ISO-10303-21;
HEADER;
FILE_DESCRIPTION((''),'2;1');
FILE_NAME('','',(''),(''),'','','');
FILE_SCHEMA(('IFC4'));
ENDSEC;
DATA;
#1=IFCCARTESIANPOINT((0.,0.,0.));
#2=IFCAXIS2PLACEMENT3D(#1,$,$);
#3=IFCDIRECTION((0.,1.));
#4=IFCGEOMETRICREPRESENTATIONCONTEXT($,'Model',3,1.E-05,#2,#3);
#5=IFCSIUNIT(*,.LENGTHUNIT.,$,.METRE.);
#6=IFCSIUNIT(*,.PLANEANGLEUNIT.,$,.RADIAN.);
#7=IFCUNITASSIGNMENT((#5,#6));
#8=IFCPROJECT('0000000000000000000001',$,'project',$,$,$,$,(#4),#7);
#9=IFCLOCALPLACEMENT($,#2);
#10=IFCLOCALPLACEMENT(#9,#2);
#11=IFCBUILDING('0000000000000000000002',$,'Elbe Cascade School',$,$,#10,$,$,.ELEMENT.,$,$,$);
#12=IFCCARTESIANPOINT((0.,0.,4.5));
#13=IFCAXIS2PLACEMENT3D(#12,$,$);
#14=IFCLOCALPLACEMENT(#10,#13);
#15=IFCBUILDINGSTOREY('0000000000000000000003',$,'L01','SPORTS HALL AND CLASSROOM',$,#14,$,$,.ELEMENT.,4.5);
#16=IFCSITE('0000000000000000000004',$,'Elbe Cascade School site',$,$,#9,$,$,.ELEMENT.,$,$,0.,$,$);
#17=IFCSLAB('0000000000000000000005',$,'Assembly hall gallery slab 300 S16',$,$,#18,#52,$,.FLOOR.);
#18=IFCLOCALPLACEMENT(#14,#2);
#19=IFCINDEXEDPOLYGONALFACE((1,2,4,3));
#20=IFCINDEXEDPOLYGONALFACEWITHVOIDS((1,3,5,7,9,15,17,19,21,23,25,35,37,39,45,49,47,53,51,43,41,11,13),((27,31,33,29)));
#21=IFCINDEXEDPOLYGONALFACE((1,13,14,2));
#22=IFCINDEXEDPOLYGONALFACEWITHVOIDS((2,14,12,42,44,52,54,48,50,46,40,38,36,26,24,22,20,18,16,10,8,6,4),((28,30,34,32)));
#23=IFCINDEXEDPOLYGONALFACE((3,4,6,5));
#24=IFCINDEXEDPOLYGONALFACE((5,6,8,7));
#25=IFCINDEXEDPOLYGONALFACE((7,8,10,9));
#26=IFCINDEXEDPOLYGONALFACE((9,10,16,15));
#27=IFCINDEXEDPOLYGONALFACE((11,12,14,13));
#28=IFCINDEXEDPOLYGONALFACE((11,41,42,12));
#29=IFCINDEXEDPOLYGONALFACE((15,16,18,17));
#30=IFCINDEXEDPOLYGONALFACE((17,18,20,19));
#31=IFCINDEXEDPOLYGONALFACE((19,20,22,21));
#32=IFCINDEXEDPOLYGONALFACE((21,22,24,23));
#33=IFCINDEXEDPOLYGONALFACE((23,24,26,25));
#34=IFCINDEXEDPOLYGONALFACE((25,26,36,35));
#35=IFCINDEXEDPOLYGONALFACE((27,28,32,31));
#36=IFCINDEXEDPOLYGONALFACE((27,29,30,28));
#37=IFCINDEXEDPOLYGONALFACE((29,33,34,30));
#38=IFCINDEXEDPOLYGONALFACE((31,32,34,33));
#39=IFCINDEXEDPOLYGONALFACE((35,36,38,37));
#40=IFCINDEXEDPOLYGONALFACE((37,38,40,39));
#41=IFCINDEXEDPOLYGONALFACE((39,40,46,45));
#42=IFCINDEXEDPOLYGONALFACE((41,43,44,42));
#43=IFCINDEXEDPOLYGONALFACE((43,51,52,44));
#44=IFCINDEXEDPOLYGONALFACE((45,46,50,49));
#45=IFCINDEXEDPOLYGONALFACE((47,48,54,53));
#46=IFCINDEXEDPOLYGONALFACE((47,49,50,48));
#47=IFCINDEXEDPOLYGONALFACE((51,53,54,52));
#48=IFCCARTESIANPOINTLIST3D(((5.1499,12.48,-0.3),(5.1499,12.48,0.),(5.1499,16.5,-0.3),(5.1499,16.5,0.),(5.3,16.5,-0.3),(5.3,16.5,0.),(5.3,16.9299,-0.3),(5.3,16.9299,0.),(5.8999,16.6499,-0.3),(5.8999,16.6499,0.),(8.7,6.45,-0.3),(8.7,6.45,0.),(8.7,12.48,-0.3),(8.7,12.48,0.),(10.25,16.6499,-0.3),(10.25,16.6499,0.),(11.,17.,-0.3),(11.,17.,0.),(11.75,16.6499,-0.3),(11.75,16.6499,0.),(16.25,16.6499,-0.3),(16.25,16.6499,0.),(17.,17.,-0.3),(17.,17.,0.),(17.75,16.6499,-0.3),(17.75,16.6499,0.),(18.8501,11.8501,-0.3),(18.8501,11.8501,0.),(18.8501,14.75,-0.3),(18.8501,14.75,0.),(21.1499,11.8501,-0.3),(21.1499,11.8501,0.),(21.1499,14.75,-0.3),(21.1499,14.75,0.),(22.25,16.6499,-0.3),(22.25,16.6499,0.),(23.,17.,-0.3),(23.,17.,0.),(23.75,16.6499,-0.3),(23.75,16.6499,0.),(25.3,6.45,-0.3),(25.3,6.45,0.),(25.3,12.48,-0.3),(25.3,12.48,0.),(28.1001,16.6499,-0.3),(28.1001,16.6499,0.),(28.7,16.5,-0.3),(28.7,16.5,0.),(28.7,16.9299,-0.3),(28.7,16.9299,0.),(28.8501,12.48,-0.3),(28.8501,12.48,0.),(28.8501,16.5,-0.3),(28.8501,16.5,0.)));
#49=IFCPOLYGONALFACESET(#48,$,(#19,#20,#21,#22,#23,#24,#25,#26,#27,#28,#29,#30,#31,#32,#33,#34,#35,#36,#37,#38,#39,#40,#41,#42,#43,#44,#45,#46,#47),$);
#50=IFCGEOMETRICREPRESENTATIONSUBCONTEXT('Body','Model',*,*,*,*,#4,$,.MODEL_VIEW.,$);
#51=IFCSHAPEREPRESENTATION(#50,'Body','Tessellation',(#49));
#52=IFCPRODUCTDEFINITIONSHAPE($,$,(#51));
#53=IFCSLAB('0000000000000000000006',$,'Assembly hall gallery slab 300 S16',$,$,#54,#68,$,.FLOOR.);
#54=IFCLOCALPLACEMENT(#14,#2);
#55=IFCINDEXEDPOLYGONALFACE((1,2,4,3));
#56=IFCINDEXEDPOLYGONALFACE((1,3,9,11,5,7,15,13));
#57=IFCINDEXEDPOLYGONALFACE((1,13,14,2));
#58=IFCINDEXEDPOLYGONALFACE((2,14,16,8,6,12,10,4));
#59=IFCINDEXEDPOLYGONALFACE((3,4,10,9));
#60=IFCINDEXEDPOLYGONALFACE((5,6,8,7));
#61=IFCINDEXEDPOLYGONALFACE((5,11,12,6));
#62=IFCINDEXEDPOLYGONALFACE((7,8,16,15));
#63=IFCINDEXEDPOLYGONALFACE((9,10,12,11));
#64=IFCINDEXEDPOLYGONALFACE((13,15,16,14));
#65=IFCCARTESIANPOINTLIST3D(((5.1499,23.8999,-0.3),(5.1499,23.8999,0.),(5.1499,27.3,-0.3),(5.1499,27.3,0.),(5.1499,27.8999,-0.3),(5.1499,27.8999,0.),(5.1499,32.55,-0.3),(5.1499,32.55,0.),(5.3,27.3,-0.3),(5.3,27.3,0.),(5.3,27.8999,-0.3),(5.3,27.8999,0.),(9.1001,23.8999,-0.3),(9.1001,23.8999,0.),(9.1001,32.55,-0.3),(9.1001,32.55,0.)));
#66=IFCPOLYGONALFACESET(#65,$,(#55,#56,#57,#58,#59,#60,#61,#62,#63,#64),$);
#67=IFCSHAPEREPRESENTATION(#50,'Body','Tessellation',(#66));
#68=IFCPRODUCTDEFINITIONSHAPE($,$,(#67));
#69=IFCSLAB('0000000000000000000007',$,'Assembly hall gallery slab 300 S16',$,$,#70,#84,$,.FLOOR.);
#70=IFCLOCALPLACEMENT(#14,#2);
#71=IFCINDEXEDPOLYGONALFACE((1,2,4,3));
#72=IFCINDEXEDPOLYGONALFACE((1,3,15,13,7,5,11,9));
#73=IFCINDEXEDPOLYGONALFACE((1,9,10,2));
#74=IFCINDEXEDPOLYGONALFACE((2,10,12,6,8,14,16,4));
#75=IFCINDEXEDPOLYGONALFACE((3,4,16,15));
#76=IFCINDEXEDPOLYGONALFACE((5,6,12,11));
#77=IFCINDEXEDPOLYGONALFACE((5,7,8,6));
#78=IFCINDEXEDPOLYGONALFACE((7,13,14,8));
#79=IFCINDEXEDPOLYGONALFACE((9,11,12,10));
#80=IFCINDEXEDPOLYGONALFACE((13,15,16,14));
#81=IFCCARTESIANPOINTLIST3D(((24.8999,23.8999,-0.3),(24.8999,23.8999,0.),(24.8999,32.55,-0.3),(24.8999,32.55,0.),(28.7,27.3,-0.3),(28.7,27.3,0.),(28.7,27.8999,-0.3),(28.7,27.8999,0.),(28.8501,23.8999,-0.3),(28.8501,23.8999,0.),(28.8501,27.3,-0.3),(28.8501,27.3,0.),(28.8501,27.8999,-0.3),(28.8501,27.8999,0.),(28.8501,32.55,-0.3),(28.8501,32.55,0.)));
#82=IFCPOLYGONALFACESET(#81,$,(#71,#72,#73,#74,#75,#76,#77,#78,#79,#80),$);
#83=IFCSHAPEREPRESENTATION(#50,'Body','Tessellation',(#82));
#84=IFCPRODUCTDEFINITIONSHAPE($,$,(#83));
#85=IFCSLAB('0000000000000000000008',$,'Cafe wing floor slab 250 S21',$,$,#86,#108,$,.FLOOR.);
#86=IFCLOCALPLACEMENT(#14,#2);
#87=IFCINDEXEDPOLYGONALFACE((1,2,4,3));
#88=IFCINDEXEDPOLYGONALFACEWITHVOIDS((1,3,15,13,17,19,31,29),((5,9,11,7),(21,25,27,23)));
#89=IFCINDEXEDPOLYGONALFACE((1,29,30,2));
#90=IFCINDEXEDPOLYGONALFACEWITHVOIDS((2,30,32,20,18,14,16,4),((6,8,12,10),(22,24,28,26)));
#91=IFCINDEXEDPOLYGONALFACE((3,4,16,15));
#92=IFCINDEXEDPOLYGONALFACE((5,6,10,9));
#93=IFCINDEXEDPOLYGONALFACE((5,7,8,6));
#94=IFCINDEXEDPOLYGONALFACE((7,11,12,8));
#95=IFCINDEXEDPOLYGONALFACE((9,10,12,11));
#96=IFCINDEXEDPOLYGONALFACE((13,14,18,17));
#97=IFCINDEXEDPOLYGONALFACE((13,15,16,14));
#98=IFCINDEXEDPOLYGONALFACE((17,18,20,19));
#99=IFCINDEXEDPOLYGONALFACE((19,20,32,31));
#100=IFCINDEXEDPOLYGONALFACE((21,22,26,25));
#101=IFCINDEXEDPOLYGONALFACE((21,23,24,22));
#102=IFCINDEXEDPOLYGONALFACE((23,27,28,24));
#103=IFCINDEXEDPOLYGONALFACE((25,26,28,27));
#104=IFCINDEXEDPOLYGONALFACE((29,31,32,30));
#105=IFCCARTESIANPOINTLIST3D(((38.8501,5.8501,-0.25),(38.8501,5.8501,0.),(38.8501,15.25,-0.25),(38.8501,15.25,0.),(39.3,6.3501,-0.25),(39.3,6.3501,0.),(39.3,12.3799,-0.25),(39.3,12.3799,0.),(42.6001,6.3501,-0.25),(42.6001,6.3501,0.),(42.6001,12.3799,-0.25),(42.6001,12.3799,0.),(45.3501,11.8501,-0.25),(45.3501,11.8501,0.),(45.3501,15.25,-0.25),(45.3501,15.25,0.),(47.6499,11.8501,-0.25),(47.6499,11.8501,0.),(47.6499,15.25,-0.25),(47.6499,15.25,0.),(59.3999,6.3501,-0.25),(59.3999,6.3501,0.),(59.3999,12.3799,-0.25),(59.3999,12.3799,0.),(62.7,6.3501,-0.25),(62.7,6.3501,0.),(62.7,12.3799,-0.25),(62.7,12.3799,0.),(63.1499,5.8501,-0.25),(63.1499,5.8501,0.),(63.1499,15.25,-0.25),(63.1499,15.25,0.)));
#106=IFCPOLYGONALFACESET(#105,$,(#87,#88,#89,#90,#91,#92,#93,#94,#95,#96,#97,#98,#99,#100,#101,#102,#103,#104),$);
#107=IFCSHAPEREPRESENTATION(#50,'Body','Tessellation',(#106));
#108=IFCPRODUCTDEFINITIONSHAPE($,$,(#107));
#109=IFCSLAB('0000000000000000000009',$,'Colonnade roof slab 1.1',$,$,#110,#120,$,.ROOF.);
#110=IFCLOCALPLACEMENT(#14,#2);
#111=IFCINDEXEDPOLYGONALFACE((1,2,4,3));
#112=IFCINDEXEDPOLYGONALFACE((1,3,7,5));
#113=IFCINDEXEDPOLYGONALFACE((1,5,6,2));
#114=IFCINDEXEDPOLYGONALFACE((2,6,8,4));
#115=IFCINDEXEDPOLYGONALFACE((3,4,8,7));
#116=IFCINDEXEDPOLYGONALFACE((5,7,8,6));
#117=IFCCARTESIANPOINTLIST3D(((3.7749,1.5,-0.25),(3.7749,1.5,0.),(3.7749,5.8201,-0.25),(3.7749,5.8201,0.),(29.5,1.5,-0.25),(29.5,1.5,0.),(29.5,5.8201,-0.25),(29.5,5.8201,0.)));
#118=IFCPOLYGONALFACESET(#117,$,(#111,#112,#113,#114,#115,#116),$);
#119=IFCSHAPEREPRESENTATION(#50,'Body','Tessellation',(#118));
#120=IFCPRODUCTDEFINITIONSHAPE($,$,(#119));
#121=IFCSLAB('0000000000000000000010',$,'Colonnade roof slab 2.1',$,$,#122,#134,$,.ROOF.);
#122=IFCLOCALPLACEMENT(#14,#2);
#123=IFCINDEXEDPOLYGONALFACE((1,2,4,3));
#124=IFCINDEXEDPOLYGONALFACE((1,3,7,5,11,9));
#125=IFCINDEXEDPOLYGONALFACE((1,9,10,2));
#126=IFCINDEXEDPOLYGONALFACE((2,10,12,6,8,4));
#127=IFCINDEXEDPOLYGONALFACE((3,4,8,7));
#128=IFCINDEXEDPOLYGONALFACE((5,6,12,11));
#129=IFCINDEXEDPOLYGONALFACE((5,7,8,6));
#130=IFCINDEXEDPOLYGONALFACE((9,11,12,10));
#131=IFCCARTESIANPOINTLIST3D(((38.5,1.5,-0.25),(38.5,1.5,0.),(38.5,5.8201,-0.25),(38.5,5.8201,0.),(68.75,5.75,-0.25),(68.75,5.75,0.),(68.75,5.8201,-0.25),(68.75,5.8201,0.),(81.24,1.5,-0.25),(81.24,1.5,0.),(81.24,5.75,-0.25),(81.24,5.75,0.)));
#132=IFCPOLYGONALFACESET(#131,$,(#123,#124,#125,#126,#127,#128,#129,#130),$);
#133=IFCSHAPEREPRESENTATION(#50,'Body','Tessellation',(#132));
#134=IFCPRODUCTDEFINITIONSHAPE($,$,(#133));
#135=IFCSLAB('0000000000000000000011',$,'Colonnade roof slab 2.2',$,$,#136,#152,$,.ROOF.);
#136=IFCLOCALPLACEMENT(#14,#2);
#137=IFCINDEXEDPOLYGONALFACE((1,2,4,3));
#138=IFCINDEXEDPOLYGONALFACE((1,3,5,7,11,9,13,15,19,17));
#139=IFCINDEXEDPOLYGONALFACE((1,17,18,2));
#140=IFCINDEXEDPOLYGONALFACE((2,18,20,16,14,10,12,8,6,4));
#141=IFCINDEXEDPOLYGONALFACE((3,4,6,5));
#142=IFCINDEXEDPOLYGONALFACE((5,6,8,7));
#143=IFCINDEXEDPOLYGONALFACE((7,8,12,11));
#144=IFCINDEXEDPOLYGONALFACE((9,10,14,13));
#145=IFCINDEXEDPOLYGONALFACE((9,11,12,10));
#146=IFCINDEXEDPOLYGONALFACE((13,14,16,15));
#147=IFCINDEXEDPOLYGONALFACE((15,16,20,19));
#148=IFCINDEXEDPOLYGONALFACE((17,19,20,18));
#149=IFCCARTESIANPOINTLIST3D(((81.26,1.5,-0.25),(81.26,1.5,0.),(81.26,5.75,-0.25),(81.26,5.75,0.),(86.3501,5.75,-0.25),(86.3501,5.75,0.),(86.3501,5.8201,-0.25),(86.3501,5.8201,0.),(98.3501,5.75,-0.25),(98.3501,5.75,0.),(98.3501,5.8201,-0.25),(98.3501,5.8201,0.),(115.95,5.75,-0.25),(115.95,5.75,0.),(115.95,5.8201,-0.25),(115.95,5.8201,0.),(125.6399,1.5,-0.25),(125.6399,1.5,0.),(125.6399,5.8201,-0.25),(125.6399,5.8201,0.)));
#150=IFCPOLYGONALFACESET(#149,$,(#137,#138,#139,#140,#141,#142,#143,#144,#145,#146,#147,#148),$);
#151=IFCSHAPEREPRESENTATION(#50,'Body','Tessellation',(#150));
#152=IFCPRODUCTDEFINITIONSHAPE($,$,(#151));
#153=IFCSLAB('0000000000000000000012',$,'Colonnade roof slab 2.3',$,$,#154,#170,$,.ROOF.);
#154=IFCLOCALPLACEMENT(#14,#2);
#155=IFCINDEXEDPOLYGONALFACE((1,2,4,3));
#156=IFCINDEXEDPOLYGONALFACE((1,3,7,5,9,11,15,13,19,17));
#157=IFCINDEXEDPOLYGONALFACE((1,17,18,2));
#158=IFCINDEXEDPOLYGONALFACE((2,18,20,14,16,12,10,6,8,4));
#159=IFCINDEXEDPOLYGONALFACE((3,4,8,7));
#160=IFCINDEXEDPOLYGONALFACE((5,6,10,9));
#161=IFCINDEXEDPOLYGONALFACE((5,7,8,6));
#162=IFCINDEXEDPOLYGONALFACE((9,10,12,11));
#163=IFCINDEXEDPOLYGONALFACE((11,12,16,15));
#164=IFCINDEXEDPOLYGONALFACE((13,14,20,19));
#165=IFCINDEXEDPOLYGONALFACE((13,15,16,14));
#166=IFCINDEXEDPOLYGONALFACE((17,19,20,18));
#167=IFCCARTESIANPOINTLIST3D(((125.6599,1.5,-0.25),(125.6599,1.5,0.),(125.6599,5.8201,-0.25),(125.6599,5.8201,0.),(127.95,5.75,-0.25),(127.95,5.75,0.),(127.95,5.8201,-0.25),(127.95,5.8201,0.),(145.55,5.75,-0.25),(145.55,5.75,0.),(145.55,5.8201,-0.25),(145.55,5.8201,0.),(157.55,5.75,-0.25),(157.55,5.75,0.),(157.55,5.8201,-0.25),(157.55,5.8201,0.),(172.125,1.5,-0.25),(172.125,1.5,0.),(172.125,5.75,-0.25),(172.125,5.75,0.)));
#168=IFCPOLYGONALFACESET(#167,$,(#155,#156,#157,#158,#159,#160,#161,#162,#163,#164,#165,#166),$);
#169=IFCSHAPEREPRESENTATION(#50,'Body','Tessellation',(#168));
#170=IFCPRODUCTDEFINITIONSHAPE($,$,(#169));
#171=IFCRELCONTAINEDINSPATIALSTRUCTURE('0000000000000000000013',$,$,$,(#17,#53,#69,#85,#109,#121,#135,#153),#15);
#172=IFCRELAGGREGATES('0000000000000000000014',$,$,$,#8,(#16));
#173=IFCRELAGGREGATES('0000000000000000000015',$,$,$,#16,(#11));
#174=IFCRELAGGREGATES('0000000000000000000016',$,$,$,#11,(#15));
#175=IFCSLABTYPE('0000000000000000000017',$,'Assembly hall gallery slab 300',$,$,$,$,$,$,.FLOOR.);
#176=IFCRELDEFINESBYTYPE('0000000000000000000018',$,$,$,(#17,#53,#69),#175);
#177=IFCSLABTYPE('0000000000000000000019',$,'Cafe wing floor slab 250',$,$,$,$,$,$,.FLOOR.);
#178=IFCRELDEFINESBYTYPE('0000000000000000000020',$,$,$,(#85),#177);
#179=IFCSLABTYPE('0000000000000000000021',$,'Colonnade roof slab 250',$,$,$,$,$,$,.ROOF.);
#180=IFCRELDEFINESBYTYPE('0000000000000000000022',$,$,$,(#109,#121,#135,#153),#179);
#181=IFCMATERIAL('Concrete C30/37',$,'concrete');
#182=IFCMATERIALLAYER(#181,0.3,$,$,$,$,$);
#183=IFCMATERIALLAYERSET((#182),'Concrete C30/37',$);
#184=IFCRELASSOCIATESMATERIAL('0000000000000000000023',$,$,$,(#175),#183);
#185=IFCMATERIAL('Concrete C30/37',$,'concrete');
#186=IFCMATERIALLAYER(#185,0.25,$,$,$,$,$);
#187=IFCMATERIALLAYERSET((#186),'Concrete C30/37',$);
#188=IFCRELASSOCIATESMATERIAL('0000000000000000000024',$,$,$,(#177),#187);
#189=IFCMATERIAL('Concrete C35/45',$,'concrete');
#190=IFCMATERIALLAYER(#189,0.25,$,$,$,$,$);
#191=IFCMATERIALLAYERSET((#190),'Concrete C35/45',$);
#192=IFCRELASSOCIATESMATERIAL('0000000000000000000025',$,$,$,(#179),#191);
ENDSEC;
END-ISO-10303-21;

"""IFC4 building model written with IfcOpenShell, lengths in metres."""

from ifc_helpers import new_model, si_unit, direction, frame, origin, place, context, subcontext, project, spatial, polyline, outline, extrude, material, layer, layer_set, type_object, element, save


model = new_model("IFC4")

# Units and contexts
model_context = context("Model", 3, precision=1e-05, world=origin(), true_north=direction((0.0, 1.0)))
body_context = subcontext(model_context, "Body", "Model", "MODEL_VIEW")
ifc_project = project(units=[si_unit("LENGTHUNIT", "METRE"), si_unit("PLANEANGLEUNIT", "RADIAN")], contexts=[model_context])

# Site, building, storey
site_placement = place(None, origin())
site = spatial("IfcSite", under=ifc_project, at=site_placement, Name="Elbe Cascade School site", CompositionType="ELEMENT", RefElevation=0.0)
building_placement = place(site_placement, origin())
building = spatial("IfcBuilding", under=site, at=building_placement, Name="Elbe Cascade School", CompositionType="ELEMENT")
storey_placement = place(building_placement, frame((0.0, 0.0, 4.5)))
storey = spatial("IfcBuildingStorey", under=building, at=storey_placement, Name="L01", Description="SPORTS HALL AND CLASSROOM", CompositionType="ELEMENT", Elevation=4.5)

# Slabs
ifc_material_1 = material(Name="Concrete C30/37", Category="concrete")
ifc_layer_1 = layer(ifc_material_1, 0.3)
ifc_layer_set_1 = layer_set([ifc_layer_1], Name="Concrete C30/37")
slab_type_1 = type_object("IfcSlabType", Name="Assembly hall gallery slab 300", PredefinedType="FLOOR", material=ifc_layer_set_1)
slab_1_placement = place(storey_placement, frame((0.0, 0.0, -0.3)))
element("IfcSlab", 1, at=slab_1_placement, inside=storey, type_object=slab_type_1, Name="Assembly hall gallery slab 300 S16", PredefinedType="FLOOR", context=body_context, shape_type="SweptSolid", body=[
    extrude(outline(polyline([(8.7, 6.45), (8.7, 12.48), (5.1499, 12.48), (5.1499, 16.5), (5.3, 16.5), (5.3, 16.9299), (5.8999, 16.6499), (10.25, 16.6499), (11.0, 17.0), (11.75, 16.6499), (16.25, 16.6499), (17.0, 17.0), (17.75, 16.6499), (22.25, 16.6499), (23.0, 17.0), (23.75, 16.6499), (28.1001, 16.6499), (28.7, 16.9299), (28.7, 16.5), (28.8501, 16.5), (28.8501, 12.48), (25.3, 12.48), (25.3, 6.45), (8.7, 6.45)]), holes=[polyline([(21.1499, 14.75), (18.8501, 14.75), (18.8501, 11.8501), (21.1499, 11.8501), (21.1499, 14.75)])]), origin(), (0.0, 0.0, 1.0), 0.3),
])
slab_2_placement = place(storey_placement, frame((0.0, 0.0, -0.3)))
element("IfcSlab", 2, at=slab_2_placement, inside=storey, type_object=slab_type_1, Name="Assembly hall gallery slab 300 S16", PredefinedType="FLOOR", context=body_context, shape_type="SweptSolid", body=[
    extrude(outline(polyline([(5.1499, 32.55), (9.1001, 32.55), (9.1001, 23.8999), (5.1499, 23.8999), (5.1499, 27.3), (5.3, 27.3), (5.3, 27.8999), (5.1499, 27.8999), (5.1499, 32.55)])), origin(), (0.0, 0.0, 1.0), 0.3),
])
slab_3_placement = place(storey_placement, frame((0.0, 0.0, -0.3)))
element("IfcSlab", 3, at=slab_3_placement, inside=storey, type_object=slab_type_1, Name="Assembly hall gallery slab 300 S16", PredefinedType="FLOOR", context=body_context, shape_type="SweptSolid", body=[
    extrude(outline(polyline([(28.8501, 23.8999), (24.8999, 23.8999), (24.8999, 32.55), (28.8501, 32.55), (28.8501, 27.8999), (28.7, 27.8999), (28.7, 27.3), (28.8501, 27.3), (28.8501, 23.8999)])), origin(), (0.0, 0.0, 1.0), 0.3),
])
ifc_material_2 = material(Name="Concrete C30/37", Category="concrete")
ifc_layer_2 = layer(ifc_material_2, 0.25)
ifc_layer_set_2 = layer_set([ifc_layer_2], Name="Concrete C30/37")
slab_type_2 = type_object("IfcSlabType", Name="Cafe wing floor slab 250", PredefinedType="FLOOR", material=ifc_layer_set_2)
slab_4_placement = place(storey_placement, frame((0.0, 0.0, -0.25)))
element("IfcSlab", 4, at=slab_4_placement, inside=storey, type_object=slab_type_2, Name="Cafe wing floor slab 250 S21", PredefinedType="FLOOR", context=body_context, shape_type="SweptSolid", body=[
    extrude(outline(polyline([(63.1499, 15.25), (63.1499, 5.8501), (38.8501, 5.8501), (38.8501, 15.25), (45.3501, 15.25), (45.3501, 11.8501), (47.6499, 11.8501), (47.6499, 15.25), (63.1499, 15.25)]), holes=[polyline([(42.6001, 6.3501), (42.6001, 12.3799), (39.3, 12.3799), (39.3, 6.3501), (42.6001, 6.3501)]), polyline([(59.3999, 6.3501), (62.7, 6.3501), (62.7, 12.3799), (59.3999, 12.3799), (59.3999, 6.3501)])]), origin(), (0.0, 0.0, 1.0), 0.25),
])
ifc_material_3 = material(Name="Concrete C35/45", Category="concrete")
ifc_layer_3 = layer(ifc_material_3, 0.25)
ifc_layer_set_3 = layer_set([ifc_layer_3], Name="Concrete C35/45")
slab_type_3 = type_object("IfcSlabType", Name="Colonnade roof slab 250", PredefinedType="ROOF", material=ifc_layer_set_3)
slab_5_placement = place(storey_placement, frame((0.0, 0.0, -0.25)))
element("IfcSlab", 5, at=slab_5_placement, inside=storey, type_object=slab_type_3, Name="Colonnade roof slab 1.1", PredefinedType="ROOF", context=body_context, shape_type="SweptSolid", body=[
    extrude(outline(polyline([(3.7749, 1.5), (29.5, 1.5), (29.5, 5.8201), (3.7749, 5.8201), (3.7749, 1.5)])), origin(), (0.0, 0.0, 1.0), 0.25),
])
slab_6_placement = place(storey_placement, frame((0.0, 0.0, -0.25)))
element("IfcSlab", 6, at=slab_6_placement, inside=storey, type_object=slab_type_3, Name="Colonnade roof slab 2.1", PredefinedType="ROOF", context=body_context, shape_type="SweptSolid", body=[
    extrude(outline(polyline([(81.24, 1.5), (81.24, 5.75), (68.75, 5.75), (68.75, 5.8201), (38.5, 5.8201), (38.5, 1.5), (81.24, 1.5)])), origin(), (0.0, 0.0, 1.0), 0.25),
])
slab_7_placement = place(storey_placement, frame((0.0, 0.0, -0.25)))
element("IfcSlab", 7, at=slab_7_placement, inside=storey, type_object=slab_type_3, Name="Colonnade roof slab 2.2", PredefinedType="ROOF", context=body_context, shape_type="SweptSolid", body=[
    extrude(outline(polyline([(125.6399, 1.5), (125.6399, 5.8201), (115.95, 5.8201), (115.95, 5.75), (98.3501, 5.75), (98.3501, 5.8201), (86.3501, 5.8201), (86.3501, 5.75), (81.26, 5.75), (81.26, 1.5), (125.6399, 1.5)])), origin(), (0.0, 0.0, 1.0), 0.25),
])
slab_8_placement = place(storey_placement, frame((0.0, 0.0, -0.25)))
element("IfcSlab", 8, at=slab_8_placement, inside=storey, type_object=slab_type_3, Name="Colonnade roof slab 2.3", PredefinedType="ROOF", context=body_context, shape_type="SweptSolid", body=[
    extrude(outline(polyline([(172.125, 1.5), (172.125, 5.75), (157.55, 5.75), (157.55, 5.8201), (145.55, 5.8201), (145.55, 5.75), (127.95, 5.75), (127.95, 5.8201), (125.6599, 5.8201), (125.6599, 1.5), (172.125, 1.5)])), origin(), (0.0, 0.0, 1.0), 0.25),
])

save(model, "model.ifc")
